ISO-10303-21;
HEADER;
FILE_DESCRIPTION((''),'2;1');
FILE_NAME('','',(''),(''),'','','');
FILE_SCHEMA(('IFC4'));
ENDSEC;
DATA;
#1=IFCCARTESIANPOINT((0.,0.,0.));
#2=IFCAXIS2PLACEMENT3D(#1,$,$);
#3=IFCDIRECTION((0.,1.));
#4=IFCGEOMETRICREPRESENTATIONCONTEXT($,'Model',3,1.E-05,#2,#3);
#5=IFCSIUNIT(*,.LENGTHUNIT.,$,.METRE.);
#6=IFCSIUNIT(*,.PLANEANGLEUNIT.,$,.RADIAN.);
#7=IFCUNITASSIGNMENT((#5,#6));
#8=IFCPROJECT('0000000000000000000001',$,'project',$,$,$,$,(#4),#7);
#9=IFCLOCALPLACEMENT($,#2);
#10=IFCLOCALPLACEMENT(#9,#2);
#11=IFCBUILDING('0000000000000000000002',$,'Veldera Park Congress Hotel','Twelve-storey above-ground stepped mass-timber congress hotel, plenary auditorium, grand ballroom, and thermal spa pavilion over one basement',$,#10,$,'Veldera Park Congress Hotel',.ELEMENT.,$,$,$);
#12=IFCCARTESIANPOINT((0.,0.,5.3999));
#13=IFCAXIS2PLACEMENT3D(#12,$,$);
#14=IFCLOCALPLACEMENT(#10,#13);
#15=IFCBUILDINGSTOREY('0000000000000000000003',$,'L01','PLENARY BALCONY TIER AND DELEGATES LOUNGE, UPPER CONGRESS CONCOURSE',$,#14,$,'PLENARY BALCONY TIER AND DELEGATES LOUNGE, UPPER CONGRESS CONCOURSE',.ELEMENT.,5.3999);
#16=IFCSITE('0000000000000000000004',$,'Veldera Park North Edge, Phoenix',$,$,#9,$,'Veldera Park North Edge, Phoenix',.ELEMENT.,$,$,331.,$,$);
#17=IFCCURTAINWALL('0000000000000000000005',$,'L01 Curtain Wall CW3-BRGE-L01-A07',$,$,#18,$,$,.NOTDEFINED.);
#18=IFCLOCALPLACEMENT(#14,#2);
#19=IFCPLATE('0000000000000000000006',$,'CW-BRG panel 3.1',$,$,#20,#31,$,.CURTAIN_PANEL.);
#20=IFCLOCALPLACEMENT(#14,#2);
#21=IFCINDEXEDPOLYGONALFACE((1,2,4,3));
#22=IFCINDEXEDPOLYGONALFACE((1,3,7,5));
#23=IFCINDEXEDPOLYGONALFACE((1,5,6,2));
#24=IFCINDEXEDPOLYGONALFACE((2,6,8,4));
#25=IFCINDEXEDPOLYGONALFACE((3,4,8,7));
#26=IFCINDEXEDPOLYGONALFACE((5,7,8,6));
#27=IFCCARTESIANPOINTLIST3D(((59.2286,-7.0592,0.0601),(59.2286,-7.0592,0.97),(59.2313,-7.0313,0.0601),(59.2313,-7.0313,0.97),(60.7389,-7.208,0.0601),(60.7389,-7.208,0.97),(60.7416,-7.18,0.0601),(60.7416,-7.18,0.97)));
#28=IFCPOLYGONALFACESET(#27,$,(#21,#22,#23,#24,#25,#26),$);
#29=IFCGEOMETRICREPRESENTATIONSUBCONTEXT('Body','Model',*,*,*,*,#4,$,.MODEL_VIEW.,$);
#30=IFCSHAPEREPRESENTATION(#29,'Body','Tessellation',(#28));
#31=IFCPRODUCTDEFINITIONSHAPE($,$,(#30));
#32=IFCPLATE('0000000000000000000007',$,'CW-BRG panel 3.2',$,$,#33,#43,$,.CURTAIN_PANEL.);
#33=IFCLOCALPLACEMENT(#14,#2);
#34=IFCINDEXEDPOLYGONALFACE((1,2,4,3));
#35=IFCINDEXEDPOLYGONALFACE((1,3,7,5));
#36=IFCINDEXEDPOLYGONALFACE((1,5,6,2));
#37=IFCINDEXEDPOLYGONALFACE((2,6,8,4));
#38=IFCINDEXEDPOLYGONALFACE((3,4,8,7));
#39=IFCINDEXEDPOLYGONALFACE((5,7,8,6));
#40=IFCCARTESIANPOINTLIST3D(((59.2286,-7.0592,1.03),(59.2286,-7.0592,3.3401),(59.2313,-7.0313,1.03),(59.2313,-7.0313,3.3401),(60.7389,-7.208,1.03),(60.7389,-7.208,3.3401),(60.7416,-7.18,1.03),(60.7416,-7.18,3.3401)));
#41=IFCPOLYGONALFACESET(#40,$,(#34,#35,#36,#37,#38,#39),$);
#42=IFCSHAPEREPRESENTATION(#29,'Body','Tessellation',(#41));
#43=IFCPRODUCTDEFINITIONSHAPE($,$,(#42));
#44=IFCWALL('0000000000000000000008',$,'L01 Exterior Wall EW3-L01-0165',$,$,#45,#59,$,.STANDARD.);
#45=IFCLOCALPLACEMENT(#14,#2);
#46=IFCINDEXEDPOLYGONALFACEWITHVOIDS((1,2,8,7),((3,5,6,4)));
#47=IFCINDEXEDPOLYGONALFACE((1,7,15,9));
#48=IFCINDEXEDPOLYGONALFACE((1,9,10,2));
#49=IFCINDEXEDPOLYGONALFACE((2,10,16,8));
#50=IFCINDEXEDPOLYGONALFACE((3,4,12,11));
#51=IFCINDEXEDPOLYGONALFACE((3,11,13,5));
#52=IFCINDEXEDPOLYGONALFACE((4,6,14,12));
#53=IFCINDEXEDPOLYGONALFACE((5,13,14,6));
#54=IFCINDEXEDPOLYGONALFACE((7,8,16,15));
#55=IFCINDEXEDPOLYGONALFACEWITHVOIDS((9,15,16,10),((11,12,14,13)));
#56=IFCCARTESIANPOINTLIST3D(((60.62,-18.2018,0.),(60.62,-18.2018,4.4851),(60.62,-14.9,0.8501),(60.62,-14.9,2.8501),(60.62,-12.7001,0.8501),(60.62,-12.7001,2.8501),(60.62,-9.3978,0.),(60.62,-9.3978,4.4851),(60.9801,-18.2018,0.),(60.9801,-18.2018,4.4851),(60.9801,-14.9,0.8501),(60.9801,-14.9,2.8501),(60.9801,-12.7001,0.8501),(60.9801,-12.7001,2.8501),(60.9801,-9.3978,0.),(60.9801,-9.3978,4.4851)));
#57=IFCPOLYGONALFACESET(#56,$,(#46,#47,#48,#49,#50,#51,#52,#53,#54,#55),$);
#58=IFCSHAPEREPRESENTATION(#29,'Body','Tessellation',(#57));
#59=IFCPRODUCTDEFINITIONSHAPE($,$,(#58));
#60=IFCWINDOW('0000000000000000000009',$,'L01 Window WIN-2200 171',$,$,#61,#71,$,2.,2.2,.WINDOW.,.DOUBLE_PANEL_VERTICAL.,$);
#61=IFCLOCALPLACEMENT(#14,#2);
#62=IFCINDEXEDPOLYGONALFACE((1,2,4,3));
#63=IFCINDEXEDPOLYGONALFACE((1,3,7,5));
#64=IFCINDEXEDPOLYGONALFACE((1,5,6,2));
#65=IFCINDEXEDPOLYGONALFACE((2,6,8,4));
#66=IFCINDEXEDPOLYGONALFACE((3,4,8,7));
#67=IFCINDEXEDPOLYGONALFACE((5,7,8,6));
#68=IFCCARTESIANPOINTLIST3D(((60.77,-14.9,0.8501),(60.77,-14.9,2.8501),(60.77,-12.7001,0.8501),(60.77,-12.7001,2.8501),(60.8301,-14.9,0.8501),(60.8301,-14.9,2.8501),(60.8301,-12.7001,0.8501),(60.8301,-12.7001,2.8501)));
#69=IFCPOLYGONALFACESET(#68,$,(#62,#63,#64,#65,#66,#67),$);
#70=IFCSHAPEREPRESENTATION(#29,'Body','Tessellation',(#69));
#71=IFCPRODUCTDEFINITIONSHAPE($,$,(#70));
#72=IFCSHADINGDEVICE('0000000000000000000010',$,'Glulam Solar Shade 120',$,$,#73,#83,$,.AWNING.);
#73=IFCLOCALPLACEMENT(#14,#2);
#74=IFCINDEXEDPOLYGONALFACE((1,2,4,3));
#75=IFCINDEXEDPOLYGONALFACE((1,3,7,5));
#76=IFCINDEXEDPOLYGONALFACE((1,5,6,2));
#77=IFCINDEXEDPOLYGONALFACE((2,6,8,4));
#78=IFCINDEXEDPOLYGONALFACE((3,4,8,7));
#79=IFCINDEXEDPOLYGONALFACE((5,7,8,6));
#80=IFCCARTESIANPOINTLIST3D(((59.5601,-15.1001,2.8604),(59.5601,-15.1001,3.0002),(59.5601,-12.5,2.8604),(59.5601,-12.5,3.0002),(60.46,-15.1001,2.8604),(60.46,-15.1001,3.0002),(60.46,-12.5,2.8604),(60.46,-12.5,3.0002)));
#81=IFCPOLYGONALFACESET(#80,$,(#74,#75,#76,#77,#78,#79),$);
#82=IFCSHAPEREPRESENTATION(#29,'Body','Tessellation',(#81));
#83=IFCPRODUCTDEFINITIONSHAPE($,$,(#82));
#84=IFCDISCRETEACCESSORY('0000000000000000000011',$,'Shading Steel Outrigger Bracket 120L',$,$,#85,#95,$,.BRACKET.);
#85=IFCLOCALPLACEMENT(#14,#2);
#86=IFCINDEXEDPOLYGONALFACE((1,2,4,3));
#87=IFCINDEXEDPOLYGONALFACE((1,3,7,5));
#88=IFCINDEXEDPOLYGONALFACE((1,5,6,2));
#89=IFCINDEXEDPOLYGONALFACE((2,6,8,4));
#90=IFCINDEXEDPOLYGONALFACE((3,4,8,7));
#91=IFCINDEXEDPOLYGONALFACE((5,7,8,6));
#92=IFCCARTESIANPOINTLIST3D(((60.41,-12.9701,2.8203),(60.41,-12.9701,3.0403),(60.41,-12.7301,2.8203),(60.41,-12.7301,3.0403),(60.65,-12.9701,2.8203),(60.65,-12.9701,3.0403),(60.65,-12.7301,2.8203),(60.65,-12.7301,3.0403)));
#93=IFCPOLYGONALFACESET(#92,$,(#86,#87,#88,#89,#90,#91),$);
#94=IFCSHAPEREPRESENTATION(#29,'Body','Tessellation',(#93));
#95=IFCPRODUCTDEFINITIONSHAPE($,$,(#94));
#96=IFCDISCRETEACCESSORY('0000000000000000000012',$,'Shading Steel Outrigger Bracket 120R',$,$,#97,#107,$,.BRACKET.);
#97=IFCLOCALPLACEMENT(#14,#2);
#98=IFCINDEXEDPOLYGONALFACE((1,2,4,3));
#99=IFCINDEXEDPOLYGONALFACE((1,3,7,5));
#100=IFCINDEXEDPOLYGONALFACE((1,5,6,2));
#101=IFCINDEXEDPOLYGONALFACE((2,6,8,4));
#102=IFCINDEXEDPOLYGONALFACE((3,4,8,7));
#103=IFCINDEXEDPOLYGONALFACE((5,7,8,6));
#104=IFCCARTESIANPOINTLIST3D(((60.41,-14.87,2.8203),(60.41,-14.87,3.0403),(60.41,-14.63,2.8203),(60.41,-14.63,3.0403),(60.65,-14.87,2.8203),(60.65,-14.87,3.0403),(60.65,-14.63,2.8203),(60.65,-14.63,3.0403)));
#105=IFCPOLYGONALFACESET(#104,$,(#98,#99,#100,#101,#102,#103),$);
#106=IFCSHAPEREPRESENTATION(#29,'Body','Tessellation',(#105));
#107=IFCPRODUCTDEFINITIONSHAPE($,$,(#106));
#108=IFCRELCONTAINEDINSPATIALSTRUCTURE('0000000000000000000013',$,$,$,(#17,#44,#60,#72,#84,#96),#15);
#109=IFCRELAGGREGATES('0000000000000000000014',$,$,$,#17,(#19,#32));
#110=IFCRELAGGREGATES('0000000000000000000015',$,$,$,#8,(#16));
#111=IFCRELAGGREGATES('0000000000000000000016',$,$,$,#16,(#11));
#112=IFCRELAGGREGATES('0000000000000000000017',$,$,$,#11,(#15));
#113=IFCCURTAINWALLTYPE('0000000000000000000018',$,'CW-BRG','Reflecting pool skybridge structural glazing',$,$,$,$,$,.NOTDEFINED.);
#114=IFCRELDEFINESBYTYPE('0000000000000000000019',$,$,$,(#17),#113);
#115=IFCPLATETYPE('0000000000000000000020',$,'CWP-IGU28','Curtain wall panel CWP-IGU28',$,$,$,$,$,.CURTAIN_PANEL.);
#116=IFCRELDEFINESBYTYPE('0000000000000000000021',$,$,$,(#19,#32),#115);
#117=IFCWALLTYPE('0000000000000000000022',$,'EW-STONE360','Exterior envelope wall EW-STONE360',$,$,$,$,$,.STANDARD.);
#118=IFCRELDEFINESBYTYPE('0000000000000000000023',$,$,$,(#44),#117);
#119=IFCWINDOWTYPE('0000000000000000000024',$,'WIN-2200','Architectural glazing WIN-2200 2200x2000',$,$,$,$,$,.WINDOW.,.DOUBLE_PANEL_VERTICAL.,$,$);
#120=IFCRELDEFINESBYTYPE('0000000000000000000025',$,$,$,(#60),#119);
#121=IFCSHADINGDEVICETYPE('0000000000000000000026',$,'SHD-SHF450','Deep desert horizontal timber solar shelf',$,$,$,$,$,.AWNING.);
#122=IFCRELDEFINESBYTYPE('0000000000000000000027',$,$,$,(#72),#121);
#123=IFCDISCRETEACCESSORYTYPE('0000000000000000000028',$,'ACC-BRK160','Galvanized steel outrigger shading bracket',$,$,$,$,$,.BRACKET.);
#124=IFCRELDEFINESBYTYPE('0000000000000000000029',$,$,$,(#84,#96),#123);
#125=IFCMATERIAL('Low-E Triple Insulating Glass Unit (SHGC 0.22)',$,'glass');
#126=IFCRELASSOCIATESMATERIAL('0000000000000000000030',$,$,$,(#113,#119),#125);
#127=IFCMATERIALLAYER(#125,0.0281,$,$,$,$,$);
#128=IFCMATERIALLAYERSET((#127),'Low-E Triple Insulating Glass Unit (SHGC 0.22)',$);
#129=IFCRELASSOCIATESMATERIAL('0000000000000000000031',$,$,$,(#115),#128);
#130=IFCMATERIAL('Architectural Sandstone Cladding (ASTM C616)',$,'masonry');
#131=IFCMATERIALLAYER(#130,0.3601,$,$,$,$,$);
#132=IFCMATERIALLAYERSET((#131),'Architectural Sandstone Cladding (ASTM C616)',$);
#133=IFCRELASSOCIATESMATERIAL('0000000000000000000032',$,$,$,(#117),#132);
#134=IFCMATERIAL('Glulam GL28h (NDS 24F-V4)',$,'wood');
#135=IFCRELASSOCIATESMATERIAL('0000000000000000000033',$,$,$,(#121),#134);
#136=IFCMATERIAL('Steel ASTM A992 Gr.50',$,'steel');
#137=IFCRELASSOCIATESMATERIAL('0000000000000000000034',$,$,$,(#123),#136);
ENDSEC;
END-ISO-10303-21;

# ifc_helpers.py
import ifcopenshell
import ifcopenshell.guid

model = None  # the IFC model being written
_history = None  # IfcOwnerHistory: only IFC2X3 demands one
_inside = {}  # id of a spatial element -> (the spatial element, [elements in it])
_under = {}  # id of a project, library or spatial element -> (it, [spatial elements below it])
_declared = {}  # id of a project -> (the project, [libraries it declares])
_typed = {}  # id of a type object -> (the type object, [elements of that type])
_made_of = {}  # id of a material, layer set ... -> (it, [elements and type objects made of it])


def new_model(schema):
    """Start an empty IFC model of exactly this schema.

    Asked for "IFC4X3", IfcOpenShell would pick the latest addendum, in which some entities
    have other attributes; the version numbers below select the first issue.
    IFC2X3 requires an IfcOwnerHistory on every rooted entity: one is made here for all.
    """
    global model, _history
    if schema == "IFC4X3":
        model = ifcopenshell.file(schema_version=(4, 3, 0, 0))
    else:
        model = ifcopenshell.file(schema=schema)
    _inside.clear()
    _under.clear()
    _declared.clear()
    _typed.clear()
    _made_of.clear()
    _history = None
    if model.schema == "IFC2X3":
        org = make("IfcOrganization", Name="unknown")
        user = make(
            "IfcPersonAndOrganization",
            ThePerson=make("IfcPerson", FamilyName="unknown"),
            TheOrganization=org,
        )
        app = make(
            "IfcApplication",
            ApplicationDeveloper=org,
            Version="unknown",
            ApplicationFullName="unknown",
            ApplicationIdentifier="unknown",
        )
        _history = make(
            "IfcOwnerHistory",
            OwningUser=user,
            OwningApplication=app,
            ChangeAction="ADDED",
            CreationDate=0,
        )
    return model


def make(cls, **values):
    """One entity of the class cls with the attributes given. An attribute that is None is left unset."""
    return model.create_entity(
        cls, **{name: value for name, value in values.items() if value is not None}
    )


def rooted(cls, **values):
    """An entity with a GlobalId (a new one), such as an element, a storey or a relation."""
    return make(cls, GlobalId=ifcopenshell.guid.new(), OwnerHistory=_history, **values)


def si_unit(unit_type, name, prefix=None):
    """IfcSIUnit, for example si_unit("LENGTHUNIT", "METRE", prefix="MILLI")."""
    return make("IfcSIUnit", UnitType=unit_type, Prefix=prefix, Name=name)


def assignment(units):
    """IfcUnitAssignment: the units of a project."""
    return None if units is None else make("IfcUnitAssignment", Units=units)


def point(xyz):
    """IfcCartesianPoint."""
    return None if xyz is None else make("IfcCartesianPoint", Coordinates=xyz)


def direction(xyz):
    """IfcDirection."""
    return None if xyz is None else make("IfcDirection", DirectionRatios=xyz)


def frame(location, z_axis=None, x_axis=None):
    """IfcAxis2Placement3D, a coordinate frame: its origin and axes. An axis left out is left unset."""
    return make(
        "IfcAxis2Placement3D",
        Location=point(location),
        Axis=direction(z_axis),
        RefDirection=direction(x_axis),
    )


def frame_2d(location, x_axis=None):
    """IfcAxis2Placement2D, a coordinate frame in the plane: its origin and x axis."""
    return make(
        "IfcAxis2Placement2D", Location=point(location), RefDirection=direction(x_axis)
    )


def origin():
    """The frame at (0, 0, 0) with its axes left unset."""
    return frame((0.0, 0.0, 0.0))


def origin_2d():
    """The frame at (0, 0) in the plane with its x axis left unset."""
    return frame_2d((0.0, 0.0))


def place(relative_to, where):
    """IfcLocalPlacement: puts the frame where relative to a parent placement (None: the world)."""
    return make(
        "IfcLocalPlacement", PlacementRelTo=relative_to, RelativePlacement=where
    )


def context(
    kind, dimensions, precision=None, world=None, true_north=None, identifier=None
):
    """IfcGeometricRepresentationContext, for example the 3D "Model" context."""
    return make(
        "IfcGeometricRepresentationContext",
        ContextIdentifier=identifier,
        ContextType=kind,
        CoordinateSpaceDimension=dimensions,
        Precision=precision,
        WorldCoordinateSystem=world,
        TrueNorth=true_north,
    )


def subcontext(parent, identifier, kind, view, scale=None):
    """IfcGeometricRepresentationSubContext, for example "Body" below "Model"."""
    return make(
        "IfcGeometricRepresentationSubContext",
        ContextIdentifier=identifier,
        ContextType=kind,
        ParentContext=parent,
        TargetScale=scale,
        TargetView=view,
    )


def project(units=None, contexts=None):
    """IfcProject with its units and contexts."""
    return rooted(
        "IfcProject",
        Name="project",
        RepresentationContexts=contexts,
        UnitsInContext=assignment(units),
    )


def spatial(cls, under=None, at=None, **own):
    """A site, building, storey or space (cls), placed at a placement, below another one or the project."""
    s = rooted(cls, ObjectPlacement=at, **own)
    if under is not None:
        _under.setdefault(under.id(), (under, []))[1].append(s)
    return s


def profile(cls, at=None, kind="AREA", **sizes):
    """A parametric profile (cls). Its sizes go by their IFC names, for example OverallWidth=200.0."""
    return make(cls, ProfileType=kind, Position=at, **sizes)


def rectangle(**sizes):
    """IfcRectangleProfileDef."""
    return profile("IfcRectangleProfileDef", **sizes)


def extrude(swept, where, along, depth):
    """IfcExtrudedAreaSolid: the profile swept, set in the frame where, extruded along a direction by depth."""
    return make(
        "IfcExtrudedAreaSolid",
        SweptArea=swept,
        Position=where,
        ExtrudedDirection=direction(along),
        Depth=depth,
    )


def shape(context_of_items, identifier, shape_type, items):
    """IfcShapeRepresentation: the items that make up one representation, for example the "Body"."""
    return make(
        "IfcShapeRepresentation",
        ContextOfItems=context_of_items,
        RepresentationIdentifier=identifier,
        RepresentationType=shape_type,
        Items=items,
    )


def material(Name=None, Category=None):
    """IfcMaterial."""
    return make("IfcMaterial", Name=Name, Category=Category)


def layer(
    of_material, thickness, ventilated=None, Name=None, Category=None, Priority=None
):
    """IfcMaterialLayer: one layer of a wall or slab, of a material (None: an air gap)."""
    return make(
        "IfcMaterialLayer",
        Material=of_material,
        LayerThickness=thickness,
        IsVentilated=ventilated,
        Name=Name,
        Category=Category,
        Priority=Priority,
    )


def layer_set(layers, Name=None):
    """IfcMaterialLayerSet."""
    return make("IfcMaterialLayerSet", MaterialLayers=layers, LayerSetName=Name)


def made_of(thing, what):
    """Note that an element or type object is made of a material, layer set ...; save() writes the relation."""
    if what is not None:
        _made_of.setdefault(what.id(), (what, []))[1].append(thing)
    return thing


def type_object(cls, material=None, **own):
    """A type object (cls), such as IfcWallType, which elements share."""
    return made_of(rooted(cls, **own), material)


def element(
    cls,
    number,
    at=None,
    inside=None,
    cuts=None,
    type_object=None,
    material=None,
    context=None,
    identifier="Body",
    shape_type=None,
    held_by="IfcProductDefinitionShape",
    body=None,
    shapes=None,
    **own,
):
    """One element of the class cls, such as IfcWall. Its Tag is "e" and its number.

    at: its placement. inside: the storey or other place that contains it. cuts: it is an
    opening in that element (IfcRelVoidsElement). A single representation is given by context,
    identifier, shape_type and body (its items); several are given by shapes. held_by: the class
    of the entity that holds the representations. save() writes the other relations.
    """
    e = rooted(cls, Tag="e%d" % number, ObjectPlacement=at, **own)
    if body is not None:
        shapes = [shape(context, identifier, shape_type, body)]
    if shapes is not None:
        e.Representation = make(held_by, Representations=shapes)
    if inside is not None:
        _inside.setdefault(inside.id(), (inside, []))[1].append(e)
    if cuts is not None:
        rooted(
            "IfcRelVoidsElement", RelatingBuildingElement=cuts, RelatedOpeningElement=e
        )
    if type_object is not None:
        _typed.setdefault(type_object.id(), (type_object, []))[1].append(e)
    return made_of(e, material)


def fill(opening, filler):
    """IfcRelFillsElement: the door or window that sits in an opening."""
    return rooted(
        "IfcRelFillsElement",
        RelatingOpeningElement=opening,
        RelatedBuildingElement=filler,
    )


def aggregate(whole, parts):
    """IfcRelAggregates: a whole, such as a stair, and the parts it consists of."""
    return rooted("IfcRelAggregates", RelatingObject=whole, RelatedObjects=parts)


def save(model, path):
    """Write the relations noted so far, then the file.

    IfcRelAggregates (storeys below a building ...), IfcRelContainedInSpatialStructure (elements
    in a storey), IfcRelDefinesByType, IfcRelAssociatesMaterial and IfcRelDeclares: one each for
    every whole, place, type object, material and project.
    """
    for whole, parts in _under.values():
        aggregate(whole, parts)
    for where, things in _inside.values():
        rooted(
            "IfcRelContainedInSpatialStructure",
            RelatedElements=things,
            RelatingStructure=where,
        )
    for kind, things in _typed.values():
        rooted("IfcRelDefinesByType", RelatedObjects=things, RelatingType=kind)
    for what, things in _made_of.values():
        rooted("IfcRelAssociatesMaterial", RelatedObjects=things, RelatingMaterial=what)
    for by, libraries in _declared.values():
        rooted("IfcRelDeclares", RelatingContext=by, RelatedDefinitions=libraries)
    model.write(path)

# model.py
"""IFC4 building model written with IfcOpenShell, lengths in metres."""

from ifc_helpers import new_model, si_unit, direction, frame, frame_2d, origin, origin_2d, place, context, subcontext, project, spatial, rectangle, extrude, material, layer, layer_set, type_object, element, fill, aggregate, save


model = new_model("IFC4")

# Units and contexts
model_context = context("Model", 3, precision=1e-05, world=origin(), true_north=direction((0.0, 1.0)))
body_context = subcontext(model_context, "Body", "Model", "MODEL_VIEW")
ifc_project = project(units=[si_unit("LENGTHUNIT", "METRE"), si_unit("PLANEANGLEUNIT", "RADIAN")], contexts=[model_context])

# Site, building, storey
site_placement = place(None, origin())
site = spatial("IfcSite", under=ifc_project, at=site_placement, Name="Veldera Park North Edge, Phoenix", LongName="Veldera Park North Edge, Phoenix", CompositionType="ELEMENT", RefElevation=331.0)
building_placement = place(site_placement, origin())
building = spatial("IfcBuilding", under=site, at=building_placement, Name="Veldera Park Congress Hotel", Description="Twelve-storey above-ground stepped mass-timber congress hotel, plenary auditorium, grand ballroom, and thermal spa pavilion over one basement", LongName="Veldera Park Congress Hotel", CompositionType="ELEMENT")
storey_placement = place(building_placement, frame((0.0, 0.0, 5.3999)))
storey = spatial("IfcBuildingStorey", under=building, at=storey_placement, Name="L01", Description="PLENARY BALCONY TIER AND DELEGATES LOUNGE, UPPER CONGRESS CONCOURSE", LongName="PLENARY BALCONY TIER AND DELEGATES LOUNGE, UPPER CONGRESS CONCOURSE", CompositionType="ELEMENT", Elevation=5.3999)

# Shared definitions
ifc_material_1 = material(Name="Glulam GL28h (NDS 24F-V4)", Category="wood")

# Curtain wall, plates
ifc_material_2 = material(Name="Low-E Triple Insulating Glass Unit (SHGC 0.22)", Category="glass")
curtain_wall_type = type_object("IfcCurtainWallType", Name="CW-BRG", Description="Reflecting pool skybridge structural glazing", PredefinedType="NOTDEFINED", material=ifc_material_2)
curtain_wall_placement = place(storey_placement, origin())
curtain_wall = element("IfcCurtainWall", 1, at=curtain_wall_placement, inside=storey, type_object=curtain_wall_type, Name="L01 Curtain Wall CW3-BRGE-L01-A07", PredefinedType="NOTDEFINED")
ifc_layer_1 = layer(ifc_material_2, 0.0281)
ifc_layer_set_1 = layer_set([ifc_layer_1], Name="Low-E Triple Insulating Glass Unit (SHGC 0.22)")
plate_type = type_object("IfcPlateType", Name="CWP-IGU28", Description="Curtain wall panel CWP-IGU28", PredefinedType="CURTAIN_PANEL", material=ifc_layer_set_1)
plate_1_placement = place(storey_placement, frame((59.9851, -7.1196, 0.0601), z_axis=(0.0, 0.0, 1.0), x_axis=(0.995184, -0.098021, 0.0)))
plate_1 = element("IfcPlate", 2, at=plate_1_placement, type_object=plate_type, Name="CW-BRG panel 3.1", PredefinedType="CURTAIN_PANEL", context=body_context, shape_type="SweptSolid", body=[
    extrude(rectangle(XDim=1.5176, YDim=0.0281, at=origin_2d()), origin(), (0.0, 0.0, 1.0), 0.9099),
])
plate_2_placement = place(storey_placement, frame((59.9851, -7.1196, 1.03), z_axis=(0.0, 0.0, 1.0), x_axis=(0.995184, -0.098021, 0.0)))
plate_2 = element("IfcPlate", 3, at=plate_2_placement, type_object=plate_type, Name="CW-BRG panel 3.2", PredefinedType="CURTAIN_PANEL", context=body_context, shape_type="SweptSolid", body=[
    extrude(rectangle(XDim=1.5176, YDim=0.0281, at=origin_2d()), origin(), (0.0, 0.0, 1.0), 2.3101),
])
aggregate(curtain_wall, [plate_1, plate_2])

# Wall, opening, window
ifc_material_3 = material(Name="Architectural Sandstone Cladding (ASTM C616)", Category="masonry")
ifc_layer_2 = layer(ifc_material_3, 0.3601)
ifc_layer_set_2 = layer_set([ifc_layer_2], Name="Architectural Sandstone Cladding (ASTM C616)")
wall_type = type_object("IfcWallType", Name="EW-STONE360", Description="Exterior envelope wall EW-STONE360", PredefinedType="STANDARD", material=ifc_layer_set_2)
wall_placement = place(storey_placement, frame((60.8, -9.3979, 0.0), z_axis=(0.0, 0.0, 1.0), x_axis=(0.0, -1.0, 0.0)))
wall = element("IfcWall", 4, at=wall_placement, inside=storey, type_object=wall_type, Name="L01 Exterior Wall EW3-L01-0165", PredefinedType="STANDARD", context=body_context, shape_type="SweptSolid", body=[
    extrude(rectangle(XDim=8.804, YDim=0.3601, at=frame_2d((4.4019, 0.0))), origin(), (0.0, 0.0, 1.0), 4.4851),
])
opening_placement = place(wall_placement, frame((3.302, 0.0, 0.8501)))
opening = element("IfcOpeningElement", 5, at=opening_placement, cuts=wall, PredefinedType="OPENING", context=body_context, shape_type="SweptSolid", body=[
    extrude(rectangle(XDim=2.2, YDim=2.0, at=frame_2d((1.1001, 1.0))), frame((0.0, 0.1921, 0.0), z_axis=(0.0, -1.0, 0.0), x_axis=(1.0, 0.0, 0.0)), (0.0, 0.0, 1.0), 0.384),
])
window_type = type_object("IfcWindowType", Name="WIN-2200", Description="Architectural glazing WIN-2200 2200x2000", PartitioningType="DOUBLE_PANEL_VERTICAL", PredefinedType="WINDOW", material=ifc_material_2)
window_placement = place(opening_placement, origin())
window = element("IfcWindow", 6, at=window_placement, inside=storey, type_object=window_type, Name="L01 Window WIN-2200 171", OverallHeight=2.0, OverallWidth=2.2, PartitioningType="DOUBLE_PANEL_VERTICAL", PredefinedType="WINDOW", context=body_context, shape_type="SweptSolid", body=[
    extrude(rectangle(XDim=2.2, YDim=2.0, at=frame_2d((1.1001, 1.0))), frame((0.0, 0.03, 0.0), z_axis=(0.0, -1.0, 0.0), x_axis=(1.0, 0.0, 0.0)), (0.0, 0.0, 1.0), 0.0601),
])
fill(opening, window)

# Shading device
shading_device_type = type_object("IfcShadingDeviceType", Name="SHD-SHF450", Description="Deep desert horizontal timber solar shelf", PredefinedType="AWNING", material=ifc_material_1)
shading_device_placement = place(storey_placement, frame((60.01, -13.8, 2.8604), z_axis=(0.0, 0.0, 1.0), x_axis=(0.0, -1.0, 0.0)))
element("IfcShadingDevice", 7, at=shading_device_placement, inside=storey, type_object=shading_device_type, Name="Glulam Solar Shade 120", PredefinedType="AWNING", context=body_context, shape_type="SweptSolid", body=[
    extrude(rectangle(XDim=2.6001, YDim=0.8999, at=origin_2d()), origin(), (0.0, 0.0, 1.0), 0.1399),
])

# Discrete accessories
ifc_material_4 = material(Name="Steel ASTM A992 Gr.50", Category="steel")
discrete_accessory_type = type_object("IfcDiscreteAccessoryType", Name="ACC-BRK160", Description="Galvanized steel outrigger shading bracket", PredefinedType="BRACKET", material=ifc_material_4)
for number, where, z_axis, x_axis, name in (
    (8, (60.53, -12.8501, 2.8203), (0.0, 0.0, 1.0), (0.0, -1.0, 0.0), "Shading Steel Outrigger Bracket 120L"),
    (9, (60.53, -14.75, 2.8203), (0.0, 0.0, 1.0), (0.0, -1.0, 0.0), "Shading Steel Outrigger Bracket 120R"),
):
    element("IfcDiscreteAccessory", number, at=place(storey_placement, frame(where, z_axis=z_axis, x_axis=x_axis)), inside=storey, type_object=discrete_accessory_type, Name=name, PredefinedType="BRACKET", context=body_context, shape_type="SweptSolid", body=[
        extrude(rectangle(XDim=0.24, YDim=0.24, at=origin_2d()), origin(), (0.0, 0.0, 1.0), 0.22),
    ])

save(model, "model.ifc")
